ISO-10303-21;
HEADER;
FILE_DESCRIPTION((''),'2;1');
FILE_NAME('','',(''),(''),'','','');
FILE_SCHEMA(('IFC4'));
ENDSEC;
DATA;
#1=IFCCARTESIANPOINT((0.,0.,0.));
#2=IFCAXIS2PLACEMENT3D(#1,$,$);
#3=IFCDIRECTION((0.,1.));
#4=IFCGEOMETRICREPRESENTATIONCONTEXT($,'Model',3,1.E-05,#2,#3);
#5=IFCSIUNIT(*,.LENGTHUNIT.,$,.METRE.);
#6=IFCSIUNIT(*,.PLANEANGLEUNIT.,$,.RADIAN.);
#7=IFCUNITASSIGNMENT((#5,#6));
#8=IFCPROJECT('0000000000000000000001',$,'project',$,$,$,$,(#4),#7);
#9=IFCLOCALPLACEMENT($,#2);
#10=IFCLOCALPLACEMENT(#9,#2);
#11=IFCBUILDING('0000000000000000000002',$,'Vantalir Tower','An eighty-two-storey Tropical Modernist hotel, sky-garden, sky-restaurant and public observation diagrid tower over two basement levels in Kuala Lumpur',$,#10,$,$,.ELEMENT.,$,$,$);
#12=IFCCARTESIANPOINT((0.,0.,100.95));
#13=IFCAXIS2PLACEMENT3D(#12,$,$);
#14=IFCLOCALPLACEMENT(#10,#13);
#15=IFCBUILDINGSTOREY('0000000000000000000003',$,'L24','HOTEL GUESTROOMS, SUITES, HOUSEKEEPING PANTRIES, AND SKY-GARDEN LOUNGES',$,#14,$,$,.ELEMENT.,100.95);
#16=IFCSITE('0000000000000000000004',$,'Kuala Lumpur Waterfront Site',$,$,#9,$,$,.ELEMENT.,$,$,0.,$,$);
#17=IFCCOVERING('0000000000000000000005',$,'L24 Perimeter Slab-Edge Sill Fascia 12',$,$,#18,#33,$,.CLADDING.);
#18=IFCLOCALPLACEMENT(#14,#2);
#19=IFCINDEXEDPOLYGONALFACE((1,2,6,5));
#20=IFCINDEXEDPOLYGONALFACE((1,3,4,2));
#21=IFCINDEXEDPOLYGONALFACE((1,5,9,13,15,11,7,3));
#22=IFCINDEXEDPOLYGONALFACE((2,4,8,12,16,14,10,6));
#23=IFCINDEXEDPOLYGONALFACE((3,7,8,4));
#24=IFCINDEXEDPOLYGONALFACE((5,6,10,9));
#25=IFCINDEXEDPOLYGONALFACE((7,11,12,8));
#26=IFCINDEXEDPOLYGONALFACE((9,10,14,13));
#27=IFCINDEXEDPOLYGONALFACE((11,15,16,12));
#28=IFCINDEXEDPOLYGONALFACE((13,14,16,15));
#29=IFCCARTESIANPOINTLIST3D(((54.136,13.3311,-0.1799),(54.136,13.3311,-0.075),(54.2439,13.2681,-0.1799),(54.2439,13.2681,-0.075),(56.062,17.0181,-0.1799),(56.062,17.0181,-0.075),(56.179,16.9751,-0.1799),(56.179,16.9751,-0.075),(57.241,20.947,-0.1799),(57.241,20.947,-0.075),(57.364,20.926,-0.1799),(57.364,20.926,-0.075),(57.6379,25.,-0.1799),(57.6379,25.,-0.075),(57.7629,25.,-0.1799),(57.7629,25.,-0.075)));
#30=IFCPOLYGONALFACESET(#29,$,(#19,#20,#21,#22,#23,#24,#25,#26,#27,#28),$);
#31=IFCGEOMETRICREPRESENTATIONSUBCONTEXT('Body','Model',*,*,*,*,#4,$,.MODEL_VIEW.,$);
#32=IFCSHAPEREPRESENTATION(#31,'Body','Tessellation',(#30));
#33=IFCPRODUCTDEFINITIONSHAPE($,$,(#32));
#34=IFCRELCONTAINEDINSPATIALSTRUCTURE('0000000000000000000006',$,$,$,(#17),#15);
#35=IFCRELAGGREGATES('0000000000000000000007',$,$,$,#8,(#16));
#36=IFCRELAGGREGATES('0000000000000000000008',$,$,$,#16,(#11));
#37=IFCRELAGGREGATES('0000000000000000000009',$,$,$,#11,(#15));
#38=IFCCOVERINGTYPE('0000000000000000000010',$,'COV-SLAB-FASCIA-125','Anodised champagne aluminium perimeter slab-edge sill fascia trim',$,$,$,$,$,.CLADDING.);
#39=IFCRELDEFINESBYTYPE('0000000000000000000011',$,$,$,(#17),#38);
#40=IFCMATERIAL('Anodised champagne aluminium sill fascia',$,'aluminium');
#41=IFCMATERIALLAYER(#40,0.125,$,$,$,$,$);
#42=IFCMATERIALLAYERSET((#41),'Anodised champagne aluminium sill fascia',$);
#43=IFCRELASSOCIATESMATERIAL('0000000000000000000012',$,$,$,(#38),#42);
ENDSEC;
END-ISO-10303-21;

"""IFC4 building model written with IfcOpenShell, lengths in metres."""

from ifc_helpers import new_model, si_unit, direction, frame, origin, place, context, subcontext, project, spatial, polyline, outline, extrude, material, layer, layer_set, type_object, element, save


model = new_model("IFC4")

# Units and contexts
model_context = context("Model", 3, precision=1e-05, world=origin(), true_north=direction((0.0, 1.0)))
body_context = subcontext(model_context, "Body", "Model", "MODEL_VIEW")
ifc_project = project(units=[si_unit("LENGTHUNIT", "METRE"), si_unit("PLANEANGLEUNIT", "RADIAN")], contexts=[model_context])

# Site, building, storey
site_placement = place(None, origin())
site = spatial("IfcSite", under=ifc_project, at=site_placement, Name="Kuala Lumpur Waterfront Site", CompositionType="ELEMENT", RefElevation=0.0)
building_placement = place(site_placement, origin())
building = spatial("IfcBuilding", under=site, at=building_placement, Name="Vantalir Tower", Description="An eighty-two-storey Tropical Modernist hotel, sky-garden, sky-restaurant and public observation diagrid tower over two basement levels in Kuala Lumpur", CompositionType="ELEMENT")
storey_placement = place(building_placement, frame((0.0, 0.0, 100.95)))
storey = spatial("IfcBuildingStorey", under=building, at=storey_placement, Name="L24", Description="HOTEL GUESTROOMS, SUITES, HOUSEKEEPING PANTRIES, AND SKY-GARDEN LOUNGES", CompositionType="ELEMENT", Elevation=100.95)

# Covering
ifc_material_1 = material(Name="Anodised champagne aluminium sill fascia", Category="aluminium")
ifc_layer_1 = layer(ifc_material_1, 0.125)
ifc_layer_set_1 = layer_set([ifc_layer_1], Name="Anodised champagne aluminium sill fascia")
covering_type = type_object("IfcCoveringType", Name="COV-SLAB-FASCIA-125", Description="Anodised champagne aluminium perimeter slab-edge sill fascia trim", PredefinedType="CLADDING", material=ifc_layer_set_1)
covering_1_placement = place(storey_placement, frame((0.0, 0.0, -0.1799)))
element("IfcCovering", 1, at=covering_1_placement, inside=storey, type_object=covering_type, Name="L24 Perimeter Slab-Edge Sill Fascia 12", PredefinedType="CLADDING", context=body_context, shape_type="SweptSolid", body=[
    extrude(outline(polyline([(54.2439, 13.2681), (56.179, 16.9751), (57.364, 20.926), (57.7629, 25.0), (57.6379, 25.0), (57.241, 20.947), (56.062, 17.0181), (54.136, 13.3311), (54.2439, 13.2681)])), origin(), (0.0, 0.0, 1.0), 0.105),
])

save(model, "model.ifc")
